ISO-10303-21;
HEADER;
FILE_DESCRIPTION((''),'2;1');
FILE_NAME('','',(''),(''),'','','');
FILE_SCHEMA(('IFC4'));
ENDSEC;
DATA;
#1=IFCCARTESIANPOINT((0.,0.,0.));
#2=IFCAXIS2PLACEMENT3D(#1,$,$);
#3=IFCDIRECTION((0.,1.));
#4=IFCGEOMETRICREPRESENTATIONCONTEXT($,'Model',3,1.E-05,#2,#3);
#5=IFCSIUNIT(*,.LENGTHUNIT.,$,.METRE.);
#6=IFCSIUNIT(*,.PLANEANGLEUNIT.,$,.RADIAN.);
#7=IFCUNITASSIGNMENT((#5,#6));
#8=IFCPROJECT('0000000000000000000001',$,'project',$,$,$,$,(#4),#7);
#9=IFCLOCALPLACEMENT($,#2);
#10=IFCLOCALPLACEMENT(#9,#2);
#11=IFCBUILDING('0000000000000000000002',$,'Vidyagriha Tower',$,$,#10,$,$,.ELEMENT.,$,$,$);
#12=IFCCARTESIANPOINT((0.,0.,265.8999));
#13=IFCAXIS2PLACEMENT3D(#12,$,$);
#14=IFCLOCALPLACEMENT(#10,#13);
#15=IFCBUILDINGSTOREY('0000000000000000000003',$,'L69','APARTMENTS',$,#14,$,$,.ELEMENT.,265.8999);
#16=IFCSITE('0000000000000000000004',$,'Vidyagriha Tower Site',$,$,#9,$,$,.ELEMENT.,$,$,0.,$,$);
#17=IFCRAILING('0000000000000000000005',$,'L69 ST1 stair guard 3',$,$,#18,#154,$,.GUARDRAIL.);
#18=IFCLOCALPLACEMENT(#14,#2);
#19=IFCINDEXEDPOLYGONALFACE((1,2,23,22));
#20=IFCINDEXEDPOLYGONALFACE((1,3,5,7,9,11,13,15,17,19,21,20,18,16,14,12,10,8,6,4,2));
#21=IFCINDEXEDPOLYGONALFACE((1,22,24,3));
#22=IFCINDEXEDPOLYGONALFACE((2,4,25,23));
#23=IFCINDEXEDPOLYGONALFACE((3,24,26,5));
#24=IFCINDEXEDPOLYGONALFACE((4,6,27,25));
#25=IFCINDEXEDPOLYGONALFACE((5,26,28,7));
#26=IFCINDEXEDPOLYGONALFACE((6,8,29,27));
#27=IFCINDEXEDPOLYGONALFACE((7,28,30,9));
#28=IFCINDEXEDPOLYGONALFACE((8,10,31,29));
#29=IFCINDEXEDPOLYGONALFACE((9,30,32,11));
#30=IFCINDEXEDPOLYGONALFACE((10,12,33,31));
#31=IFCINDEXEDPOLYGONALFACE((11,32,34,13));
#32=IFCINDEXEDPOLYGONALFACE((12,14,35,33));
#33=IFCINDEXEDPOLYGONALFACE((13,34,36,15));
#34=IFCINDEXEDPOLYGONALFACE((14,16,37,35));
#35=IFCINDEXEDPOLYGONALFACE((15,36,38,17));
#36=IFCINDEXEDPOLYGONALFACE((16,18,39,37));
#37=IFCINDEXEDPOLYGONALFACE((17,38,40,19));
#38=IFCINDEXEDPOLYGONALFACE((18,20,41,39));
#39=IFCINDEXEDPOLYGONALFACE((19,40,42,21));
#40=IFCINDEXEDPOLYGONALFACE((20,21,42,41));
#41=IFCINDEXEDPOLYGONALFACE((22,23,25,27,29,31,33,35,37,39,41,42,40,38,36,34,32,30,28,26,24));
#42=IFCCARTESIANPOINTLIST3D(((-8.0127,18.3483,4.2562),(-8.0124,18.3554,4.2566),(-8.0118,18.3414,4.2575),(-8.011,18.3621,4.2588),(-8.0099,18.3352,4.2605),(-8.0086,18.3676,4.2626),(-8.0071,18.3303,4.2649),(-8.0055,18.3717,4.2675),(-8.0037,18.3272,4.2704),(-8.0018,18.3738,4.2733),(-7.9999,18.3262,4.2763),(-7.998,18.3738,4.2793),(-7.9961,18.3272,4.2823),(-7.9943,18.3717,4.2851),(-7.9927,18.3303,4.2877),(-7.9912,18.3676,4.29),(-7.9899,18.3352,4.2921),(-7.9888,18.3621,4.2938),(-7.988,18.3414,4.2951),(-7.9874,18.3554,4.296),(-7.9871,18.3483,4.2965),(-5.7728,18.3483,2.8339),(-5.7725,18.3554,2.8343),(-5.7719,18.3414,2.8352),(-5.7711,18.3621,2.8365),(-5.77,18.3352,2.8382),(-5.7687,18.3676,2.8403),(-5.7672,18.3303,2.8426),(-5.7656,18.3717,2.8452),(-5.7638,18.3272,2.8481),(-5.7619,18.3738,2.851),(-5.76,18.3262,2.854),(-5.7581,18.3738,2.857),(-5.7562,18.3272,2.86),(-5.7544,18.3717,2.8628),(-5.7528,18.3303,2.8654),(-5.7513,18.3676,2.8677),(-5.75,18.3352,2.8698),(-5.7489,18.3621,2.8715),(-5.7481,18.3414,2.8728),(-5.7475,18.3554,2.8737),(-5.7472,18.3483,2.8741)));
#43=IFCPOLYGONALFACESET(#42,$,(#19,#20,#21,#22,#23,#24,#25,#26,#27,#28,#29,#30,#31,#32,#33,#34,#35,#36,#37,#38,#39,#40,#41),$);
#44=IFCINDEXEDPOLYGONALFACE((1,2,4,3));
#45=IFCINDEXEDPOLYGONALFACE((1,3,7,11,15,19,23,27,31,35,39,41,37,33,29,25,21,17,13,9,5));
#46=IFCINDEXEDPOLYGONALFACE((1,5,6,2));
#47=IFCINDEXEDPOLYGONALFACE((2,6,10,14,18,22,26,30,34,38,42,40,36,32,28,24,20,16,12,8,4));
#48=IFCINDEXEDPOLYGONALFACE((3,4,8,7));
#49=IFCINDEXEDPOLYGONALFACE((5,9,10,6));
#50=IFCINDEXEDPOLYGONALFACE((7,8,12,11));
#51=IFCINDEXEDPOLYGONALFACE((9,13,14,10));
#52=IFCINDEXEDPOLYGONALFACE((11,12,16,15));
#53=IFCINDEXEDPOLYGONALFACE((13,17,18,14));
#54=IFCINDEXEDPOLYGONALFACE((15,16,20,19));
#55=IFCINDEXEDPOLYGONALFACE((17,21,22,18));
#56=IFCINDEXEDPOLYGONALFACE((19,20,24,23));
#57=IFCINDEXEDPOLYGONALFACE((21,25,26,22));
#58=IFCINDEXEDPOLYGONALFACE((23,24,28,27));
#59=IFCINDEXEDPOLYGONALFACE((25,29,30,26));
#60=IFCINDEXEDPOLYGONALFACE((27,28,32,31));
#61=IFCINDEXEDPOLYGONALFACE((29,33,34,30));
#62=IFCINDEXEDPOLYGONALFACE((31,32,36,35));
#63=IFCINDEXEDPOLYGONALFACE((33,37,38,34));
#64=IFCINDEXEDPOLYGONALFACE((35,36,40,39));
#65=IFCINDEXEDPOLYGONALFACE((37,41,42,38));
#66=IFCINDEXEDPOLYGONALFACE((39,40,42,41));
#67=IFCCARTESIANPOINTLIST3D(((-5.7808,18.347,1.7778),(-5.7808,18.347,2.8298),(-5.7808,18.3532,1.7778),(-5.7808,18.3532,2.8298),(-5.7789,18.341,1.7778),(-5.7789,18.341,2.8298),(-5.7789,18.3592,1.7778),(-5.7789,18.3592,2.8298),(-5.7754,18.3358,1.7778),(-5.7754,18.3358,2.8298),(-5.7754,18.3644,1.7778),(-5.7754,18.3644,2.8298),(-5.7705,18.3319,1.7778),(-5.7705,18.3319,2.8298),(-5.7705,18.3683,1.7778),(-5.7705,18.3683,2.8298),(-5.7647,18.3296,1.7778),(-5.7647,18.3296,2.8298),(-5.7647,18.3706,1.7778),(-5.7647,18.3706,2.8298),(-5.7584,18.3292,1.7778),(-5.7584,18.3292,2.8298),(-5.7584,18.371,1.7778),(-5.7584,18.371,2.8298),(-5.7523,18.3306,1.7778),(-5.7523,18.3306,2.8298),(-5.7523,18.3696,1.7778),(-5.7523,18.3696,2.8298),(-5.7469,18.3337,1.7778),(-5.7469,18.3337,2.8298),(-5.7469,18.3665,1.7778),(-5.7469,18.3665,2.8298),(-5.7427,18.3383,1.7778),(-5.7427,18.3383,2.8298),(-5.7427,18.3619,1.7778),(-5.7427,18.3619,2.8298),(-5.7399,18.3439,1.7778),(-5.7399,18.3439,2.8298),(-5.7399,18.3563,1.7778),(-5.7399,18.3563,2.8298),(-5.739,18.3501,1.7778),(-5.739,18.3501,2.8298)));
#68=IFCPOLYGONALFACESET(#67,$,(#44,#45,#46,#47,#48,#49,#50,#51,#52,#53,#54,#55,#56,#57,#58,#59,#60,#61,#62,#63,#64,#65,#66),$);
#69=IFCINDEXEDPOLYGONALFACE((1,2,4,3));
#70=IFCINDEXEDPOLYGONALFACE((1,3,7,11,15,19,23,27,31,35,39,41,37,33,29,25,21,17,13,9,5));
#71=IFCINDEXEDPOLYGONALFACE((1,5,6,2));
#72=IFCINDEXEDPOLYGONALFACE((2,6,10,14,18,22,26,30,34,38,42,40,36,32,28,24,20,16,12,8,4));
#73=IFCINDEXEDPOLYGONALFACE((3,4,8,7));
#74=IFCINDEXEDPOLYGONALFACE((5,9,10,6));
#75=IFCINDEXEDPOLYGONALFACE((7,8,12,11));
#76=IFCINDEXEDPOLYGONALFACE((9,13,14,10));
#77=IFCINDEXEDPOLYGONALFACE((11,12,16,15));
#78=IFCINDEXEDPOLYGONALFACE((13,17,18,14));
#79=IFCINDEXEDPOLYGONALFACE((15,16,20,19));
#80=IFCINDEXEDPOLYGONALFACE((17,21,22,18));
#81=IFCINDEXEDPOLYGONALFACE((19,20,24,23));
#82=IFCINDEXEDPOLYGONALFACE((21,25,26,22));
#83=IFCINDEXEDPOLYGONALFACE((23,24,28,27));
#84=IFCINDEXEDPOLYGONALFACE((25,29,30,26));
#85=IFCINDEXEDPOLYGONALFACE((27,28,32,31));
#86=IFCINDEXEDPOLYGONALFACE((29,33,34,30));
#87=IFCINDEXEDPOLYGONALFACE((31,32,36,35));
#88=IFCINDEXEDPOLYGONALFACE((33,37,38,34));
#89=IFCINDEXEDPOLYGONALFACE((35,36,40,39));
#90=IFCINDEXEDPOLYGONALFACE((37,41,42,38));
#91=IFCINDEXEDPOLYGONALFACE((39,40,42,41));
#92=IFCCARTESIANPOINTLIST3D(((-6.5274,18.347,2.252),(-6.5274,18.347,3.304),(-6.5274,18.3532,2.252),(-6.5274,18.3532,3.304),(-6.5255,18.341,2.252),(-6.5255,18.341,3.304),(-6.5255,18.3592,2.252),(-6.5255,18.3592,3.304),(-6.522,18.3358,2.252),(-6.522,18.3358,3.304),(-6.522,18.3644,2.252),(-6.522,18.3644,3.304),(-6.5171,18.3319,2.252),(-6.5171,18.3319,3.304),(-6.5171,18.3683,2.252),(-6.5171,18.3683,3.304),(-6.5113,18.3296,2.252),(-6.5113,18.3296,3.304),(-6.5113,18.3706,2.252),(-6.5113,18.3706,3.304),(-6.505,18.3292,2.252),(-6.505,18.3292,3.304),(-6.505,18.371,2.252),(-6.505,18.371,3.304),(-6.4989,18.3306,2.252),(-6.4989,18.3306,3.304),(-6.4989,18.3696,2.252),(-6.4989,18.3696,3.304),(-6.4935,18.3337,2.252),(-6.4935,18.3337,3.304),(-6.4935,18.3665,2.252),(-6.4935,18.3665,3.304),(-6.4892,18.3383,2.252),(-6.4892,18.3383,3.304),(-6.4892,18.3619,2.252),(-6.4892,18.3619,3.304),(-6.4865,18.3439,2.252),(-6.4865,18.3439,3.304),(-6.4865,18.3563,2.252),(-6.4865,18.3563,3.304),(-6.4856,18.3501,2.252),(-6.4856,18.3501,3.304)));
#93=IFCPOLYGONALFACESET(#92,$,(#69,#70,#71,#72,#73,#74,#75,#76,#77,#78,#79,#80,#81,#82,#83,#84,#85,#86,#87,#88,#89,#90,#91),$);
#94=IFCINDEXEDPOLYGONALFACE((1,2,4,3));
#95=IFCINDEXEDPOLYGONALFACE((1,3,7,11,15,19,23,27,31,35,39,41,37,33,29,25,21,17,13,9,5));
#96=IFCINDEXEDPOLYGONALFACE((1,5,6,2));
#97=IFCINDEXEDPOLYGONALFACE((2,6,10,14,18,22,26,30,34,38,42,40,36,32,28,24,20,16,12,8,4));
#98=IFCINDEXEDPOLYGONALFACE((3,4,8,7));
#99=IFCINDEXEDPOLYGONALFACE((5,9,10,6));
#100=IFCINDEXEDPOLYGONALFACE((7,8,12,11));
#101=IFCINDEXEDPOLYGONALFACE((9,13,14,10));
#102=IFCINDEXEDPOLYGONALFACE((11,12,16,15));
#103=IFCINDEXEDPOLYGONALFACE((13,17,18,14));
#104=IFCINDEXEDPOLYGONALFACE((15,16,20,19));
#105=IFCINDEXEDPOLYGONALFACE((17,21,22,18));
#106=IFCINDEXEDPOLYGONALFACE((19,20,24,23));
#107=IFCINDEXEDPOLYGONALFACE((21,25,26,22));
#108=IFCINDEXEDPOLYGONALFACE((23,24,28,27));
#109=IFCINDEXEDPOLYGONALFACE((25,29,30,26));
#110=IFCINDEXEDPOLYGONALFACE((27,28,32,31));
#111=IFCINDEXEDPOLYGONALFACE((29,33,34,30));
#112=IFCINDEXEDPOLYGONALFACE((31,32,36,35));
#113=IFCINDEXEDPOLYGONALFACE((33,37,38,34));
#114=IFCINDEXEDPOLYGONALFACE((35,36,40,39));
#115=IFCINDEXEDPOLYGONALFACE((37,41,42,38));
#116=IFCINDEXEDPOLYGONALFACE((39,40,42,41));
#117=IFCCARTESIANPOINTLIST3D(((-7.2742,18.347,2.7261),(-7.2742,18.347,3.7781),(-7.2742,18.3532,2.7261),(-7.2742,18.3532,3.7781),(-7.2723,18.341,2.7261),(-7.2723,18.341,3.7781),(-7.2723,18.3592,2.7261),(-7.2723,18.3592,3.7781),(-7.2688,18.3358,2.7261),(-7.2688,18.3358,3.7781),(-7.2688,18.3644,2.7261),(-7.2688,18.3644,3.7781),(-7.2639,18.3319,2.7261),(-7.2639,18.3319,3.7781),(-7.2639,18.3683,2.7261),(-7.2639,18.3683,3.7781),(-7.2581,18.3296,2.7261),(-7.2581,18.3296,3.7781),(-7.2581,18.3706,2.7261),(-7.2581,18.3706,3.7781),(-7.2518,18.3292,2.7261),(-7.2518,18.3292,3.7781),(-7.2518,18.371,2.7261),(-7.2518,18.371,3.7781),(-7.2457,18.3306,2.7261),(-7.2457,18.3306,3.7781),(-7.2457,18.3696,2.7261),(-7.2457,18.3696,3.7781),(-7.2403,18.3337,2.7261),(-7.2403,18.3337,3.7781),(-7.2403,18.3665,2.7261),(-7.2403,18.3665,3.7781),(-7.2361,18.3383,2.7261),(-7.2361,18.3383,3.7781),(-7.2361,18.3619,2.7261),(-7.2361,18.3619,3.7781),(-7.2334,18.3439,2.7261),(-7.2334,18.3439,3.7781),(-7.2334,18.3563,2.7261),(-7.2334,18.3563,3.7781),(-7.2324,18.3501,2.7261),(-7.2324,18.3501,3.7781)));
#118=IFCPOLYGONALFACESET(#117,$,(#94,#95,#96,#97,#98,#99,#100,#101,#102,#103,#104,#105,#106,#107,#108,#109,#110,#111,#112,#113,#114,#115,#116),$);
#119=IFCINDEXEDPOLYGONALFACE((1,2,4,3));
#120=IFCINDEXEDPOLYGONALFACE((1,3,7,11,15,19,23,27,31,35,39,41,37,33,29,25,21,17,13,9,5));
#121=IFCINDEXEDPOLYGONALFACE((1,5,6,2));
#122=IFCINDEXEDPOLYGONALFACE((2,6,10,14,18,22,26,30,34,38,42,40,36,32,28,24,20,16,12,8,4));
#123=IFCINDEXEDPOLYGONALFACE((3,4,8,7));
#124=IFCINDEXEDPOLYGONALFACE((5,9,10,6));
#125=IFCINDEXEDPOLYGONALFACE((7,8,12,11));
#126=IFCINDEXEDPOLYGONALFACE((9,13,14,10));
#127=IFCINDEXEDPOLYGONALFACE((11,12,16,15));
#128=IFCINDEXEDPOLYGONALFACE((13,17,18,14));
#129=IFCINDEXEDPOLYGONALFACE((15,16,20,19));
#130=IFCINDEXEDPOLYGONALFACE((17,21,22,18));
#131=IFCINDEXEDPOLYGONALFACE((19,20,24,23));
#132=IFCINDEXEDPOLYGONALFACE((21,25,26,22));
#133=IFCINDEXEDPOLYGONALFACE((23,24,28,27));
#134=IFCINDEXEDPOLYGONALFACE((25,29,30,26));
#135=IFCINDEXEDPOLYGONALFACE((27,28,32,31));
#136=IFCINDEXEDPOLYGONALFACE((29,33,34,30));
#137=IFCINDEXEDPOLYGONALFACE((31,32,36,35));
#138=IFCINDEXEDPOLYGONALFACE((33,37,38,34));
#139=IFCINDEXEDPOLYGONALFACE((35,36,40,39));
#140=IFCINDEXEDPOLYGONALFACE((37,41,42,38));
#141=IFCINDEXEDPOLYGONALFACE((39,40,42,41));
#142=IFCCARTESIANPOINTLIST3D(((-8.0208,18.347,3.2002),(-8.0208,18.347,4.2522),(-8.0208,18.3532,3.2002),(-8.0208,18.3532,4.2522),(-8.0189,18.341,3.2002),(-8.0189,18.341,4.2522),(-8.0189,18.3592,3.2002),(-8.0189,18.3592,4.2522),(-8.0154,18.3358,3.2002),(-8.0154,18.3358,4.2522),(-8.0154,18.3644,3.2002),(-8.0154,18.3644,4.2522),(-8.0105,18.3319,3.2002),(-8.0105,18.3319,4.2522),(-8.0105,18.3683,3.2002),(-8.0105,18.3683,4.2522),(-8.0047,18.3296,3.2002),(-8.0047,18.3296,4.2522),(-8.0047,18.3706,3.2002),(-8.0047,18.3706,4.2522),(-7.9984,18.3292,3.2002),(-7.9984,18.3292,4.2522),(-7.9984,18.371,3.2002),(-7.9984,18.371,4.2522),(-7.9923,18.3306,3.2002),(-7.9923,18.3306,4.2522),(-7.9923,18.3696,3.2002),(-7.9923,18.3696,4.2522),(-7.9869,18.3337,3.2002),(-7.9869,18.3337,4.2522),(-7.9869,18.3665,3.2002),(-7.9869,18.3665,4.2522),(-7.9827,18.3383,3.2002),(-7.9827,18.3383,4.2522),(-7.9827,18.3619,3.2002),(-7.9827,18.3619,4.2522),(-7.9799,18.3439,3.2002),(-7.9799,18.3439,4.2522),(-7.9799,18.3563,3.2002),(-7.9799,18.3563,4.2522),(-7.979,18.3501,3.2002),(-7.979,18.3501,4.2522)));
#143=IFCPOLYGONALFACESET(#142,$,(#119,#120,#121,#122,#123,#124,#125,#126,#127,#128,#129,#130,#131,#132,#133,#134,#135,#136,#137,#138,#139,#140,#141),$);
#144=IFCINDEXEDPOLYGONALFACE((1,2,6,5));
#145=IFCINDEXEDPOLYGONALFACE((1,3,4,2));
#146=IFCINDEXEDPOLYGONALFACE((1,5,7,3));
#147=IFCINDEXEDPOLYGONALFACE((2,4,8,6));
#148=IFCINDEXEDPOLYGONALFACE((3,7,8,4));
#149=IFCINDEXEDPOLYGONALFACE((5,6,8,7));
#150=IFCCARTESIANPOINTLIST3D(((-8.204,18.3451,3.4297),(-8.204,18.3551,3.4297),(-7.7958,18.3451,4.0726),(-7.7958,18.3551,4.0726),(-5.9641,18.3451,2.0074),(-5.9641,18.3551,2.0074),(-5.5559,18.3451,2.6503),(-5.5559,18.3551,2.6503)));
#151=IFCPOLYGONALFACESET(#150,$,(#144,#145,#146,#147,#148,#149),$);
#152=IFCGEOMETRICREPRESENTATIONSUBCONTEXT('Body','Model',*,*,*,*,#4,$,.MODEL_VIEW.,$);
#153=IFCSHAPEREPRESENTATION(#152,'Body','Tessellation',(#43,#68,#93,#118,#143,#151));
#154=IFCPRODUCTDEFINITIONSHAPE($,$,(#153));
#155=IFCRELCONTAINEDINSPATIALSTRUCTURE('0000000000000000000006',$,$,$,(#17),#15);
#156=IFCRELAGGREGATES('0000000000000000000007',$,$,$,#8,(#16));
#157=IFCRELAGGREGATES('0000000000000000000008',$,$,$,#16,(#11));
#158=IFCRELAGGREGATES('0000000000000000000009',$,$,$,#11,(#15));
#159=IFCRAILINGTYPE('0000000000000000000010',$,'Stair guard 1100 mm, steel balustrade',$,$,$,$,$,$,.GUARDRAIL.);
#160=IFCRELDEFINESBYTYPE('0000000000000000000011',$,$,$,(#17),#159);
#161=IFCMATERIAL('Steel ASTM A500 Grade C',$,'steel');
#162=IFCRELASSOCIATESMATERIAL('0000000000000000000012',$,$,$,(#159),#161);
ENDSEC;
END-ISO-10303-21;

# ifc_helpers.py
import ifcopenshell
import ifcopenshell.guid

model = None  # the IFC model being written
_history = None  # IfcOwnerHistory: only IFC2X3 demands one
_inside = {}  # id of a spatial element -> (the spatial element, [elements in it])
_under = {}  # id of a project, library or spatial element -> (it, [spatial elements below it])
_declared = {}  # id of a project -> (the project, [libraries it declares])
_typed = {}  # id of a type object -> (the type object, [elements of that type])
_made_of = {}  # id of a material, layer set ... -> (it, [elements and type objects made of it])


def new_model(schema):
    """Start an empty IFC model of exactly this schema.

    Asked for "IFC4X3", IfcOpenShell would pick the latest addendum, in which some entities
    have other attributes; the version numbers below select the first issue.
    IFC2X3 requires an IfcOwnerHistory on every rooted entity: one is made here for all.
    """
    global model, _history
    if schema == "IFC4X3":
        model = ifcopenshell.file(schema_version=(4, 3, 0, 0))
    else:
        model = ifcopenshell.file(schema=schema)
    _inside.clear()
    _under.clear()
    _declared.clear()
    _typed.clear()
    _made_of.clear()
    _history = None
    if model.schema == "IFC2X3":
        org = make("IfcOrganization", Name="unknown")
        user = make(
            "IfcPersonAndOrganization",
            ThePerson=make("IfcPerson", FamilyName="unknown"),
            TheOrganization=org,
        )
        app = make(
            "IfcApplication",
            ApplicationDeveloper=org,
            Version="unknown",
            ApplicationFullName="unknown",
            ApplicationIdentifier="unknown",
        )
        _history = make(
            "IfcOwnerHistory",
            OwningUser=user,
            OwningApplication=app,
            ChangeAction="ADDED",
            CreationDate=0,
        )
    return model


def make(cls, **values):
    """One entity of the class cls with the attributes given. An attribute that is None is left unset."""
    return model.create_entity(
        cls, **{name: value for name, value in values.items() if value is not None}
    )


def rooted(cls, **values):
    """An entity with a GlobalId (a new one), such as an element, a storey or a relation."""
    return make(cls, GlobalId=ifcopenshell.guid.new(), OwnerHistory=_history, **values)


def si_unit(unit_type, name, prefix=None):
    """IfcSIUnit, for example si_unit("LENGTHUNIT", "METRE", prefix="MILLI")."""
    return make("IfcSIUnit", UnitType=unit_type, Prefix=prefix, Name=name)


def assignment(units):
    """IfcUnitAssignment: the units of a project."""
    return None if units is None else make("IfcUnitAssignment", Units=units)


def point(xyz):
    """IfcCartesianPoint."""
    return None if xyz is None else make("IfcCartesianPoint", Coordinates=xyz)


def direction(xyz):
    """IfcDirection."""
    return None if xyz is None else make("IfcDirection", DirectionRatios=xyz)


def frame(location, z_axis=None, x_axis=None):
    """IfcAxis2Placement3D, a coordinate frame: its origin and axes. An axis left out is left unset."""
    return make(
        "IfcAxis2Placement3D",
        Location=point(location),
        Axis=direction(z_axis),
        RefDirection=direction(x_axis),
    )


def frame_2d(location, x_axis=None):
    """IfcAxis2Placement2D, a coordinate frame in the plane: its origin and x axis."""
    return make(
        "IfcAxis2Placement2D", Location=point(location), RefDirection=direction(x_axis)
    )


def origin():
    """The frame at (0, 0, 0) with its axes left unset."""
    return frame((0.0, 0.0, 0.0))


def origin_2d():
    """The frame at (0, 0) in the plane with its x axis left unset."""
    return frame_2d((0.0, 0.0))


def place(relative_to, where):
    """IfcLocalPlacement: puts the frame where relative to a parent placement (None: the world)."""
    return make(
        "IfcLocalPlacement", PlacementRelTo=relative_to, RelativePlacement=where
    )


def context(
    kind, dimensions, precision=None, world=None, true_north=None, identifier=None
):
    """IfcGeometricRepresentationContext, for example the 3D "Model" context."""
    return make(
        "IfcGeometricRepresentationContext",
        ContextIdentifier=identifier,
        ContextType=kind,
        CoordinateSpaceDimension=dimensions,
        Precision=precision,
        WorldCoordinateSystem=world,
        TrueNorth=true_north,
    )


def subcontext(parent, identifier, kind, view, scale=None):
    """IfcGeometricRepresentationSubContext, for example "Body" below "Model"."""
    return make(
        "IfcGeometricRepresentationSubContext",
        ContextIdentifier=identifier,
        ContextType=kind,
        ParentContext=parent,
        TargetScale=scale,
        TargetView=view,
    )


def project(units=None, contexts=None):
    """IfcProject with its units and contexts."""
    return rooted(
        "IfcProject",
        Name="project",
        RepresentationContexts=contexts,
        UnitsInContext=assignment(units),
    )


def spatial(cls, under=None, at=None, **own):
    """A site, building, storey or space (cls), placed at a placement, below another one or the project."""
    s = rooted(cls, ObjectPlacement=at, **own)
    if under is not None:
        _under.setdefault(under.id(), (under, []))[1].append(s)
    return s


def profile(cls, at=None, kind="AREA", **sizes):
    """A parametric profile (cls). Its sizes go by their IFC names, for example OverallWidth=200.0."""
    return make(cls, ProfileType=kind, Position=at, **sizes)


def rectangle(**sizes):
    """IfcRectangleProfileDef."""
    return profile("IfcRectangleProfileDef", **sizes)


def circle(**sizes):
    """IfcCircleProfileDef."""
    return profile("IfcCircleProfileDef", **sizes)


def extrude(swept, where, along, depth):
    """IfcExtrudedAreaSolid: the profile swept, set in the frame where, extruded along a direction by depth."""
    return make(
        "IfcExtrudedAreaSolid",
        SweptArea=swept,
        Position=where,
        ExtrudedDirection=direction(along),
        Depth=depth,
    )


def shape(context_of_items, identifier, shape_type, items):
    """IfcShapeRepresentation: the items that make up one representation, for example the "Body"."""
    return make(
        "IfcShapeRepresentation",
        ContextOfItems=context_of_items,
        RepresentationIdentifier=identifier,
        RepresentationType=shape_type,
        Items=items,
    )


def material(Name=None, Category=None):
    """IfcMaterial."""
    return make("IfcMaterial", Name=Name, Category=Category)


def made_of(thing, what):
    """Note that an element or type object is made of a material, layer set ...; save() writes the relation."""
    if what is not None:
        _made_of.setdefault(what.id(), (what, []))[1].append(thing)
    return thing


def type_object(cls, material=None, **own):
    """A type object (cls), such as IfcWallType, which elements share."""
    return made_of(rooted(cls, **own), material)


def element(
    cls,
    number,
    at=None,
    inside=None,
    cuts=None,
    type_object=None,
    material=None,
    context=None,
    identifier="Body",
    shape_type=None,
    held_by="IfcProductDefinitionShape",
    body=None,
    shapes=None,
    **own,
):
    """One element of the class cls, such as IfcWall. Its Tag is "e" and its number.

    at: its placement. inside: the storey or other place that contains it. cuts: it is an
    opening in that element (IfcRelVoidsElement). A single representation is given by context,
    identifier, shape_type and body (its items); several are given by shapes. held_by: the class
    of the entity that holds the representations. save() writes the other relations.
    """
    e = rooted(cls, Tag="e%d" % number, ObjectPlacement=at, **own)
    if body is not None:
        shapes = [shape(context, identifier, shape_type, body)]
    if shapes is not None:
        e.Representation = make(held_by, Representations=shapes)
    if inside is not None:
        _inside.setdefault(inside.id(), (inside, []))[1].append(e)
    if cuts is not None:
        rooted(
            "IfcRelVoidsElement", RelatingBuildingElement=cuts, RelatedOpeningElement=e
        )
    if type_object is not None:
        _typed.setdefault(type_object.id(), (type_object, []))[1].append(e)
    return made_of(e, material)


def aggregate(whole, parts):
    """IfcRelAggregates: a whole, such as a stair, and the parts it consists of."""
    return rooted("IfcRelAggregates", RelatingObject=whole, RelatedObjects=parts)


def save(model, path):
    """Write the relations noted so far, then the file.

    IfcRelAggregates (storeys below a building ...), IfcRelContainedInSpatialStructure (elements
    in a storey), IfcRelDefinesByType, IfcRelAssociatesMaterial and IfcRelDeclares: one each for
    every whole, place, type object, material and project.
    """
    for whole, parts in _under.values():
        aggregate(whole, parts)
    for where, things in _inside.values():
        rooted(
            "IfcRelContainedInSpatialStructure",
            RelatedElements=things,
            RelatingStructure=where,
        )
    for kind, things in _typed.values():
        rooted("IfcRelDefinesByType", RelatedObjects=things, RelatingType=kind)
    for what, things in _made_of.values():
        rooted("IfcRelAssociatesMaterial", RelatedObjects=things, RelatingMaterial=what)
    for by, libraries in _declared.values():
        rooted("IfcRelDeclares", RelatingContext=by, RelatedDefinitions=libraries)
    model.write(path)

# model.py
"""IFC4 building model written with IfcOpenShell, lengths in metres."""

from ifc_helpers import new_model, si_unit, direction, frame, origin, origin_2d, place, context, subcontext, project, spatial, rectangle, circle, extrude, material, type_object, element, save


model = new_model("IFC4")

# Units and contexts
model_context = context("Model", 3, precision=1e-05, world=origin(), true_north=direction((0.0, 1.0)))
body_context = subcontext(model_context, "Body", "Model", "MODEL_VIEW")
ifc_project = project(units=[si_unit("LENGTHUNIT", "METRE"), si_unit("PLANEANGLEUNIT", "RADIAN")], contexts=[model_context])

# Site, building, storey
site_placement = place(None, origin())
site = spatial("IfcSite", under=ifc_project, at=site_placement, Name="Vidyagriha Tower Site", CompositionType="ELEMENT", RefElevation=0.0)
building_placement = place(site_placement, origin())
building = spatial("IfcBuilding", under=site, at=building_placement, Name="Vidyagriha Tower", CompositionType="ELEMENT")
storey_placement = place(building_placement, frame((0.0, 0.0, 265.8999)))
storey = spatial("IfcBuildingStorey", under=building, at=storey_placement, Name="L69", Description="APARTMENTS", CompositionType="ELEMENT", Elevation=265.8999)

# Railing
ifc_material_1 = material(Name="Steel ASTM A500 Grade C", Category="steel")
railing_type_1 = type_object("IfcRailingType", Name="Stair guard 1100 mm, steel balustrade", PredefinedType="GUARDRAIL", material=ifc_material_1)
railing_1_placement = place(storey_placement, frame((-5.76, 18.3501, 1.7778)))
element("IfcRailing", 1, at=railing_1_placement, inside=storey, type_object=railing_type_1, Name="L69 ST1 stair guard 3", PredefinedType="GUARDRAIL", context=body_context, shape_type="SweptSolid", body=[
    extrude(circle(Radius=0.0239, at=origin_2d()), frame((0.0, 0.0, 1.0762), z_axis=(-0.844188, 0.0, 0.536048), x_axis=(0.0, -1.0, 0.0)), (0.0, 0.0, 1.0), 2.6533),
    extrude(circle(Radius=0.021, at=origin_2d()), origin(), (0.0, 0.0, 1.0), 1.052),
    extrude(circle(Radius=0.021, at=origin_2d()), frame((-0.7466, 0.0, 0.4741)), (0.0, 0.0, 1.0), 1.052),
    extrude(circle(Radius=0.021, at=origin_2d()), frame((-1.4934, 0.0, 0.9482)), (0.0, 0.0, 1.0), 1.052),
    extrude(circle(Radius=0.021, at=origin_2d()), frame((-2.24, 0.0, 1.4224)), (0.0, 0.0, 1.0), 1.052),
    extrude(rectangle(XDim=0.01, YDim=0.7615, at=origin_2d()), frame((0.0, 0.0, 0.551), z_axis=(-0.844188, 0.0, 0.536048), x_axis=(0.0, -1.0, 0.0)), (0.0, 0.0, 1.0), 2.6533),
])

save(model, "model.ifc")
